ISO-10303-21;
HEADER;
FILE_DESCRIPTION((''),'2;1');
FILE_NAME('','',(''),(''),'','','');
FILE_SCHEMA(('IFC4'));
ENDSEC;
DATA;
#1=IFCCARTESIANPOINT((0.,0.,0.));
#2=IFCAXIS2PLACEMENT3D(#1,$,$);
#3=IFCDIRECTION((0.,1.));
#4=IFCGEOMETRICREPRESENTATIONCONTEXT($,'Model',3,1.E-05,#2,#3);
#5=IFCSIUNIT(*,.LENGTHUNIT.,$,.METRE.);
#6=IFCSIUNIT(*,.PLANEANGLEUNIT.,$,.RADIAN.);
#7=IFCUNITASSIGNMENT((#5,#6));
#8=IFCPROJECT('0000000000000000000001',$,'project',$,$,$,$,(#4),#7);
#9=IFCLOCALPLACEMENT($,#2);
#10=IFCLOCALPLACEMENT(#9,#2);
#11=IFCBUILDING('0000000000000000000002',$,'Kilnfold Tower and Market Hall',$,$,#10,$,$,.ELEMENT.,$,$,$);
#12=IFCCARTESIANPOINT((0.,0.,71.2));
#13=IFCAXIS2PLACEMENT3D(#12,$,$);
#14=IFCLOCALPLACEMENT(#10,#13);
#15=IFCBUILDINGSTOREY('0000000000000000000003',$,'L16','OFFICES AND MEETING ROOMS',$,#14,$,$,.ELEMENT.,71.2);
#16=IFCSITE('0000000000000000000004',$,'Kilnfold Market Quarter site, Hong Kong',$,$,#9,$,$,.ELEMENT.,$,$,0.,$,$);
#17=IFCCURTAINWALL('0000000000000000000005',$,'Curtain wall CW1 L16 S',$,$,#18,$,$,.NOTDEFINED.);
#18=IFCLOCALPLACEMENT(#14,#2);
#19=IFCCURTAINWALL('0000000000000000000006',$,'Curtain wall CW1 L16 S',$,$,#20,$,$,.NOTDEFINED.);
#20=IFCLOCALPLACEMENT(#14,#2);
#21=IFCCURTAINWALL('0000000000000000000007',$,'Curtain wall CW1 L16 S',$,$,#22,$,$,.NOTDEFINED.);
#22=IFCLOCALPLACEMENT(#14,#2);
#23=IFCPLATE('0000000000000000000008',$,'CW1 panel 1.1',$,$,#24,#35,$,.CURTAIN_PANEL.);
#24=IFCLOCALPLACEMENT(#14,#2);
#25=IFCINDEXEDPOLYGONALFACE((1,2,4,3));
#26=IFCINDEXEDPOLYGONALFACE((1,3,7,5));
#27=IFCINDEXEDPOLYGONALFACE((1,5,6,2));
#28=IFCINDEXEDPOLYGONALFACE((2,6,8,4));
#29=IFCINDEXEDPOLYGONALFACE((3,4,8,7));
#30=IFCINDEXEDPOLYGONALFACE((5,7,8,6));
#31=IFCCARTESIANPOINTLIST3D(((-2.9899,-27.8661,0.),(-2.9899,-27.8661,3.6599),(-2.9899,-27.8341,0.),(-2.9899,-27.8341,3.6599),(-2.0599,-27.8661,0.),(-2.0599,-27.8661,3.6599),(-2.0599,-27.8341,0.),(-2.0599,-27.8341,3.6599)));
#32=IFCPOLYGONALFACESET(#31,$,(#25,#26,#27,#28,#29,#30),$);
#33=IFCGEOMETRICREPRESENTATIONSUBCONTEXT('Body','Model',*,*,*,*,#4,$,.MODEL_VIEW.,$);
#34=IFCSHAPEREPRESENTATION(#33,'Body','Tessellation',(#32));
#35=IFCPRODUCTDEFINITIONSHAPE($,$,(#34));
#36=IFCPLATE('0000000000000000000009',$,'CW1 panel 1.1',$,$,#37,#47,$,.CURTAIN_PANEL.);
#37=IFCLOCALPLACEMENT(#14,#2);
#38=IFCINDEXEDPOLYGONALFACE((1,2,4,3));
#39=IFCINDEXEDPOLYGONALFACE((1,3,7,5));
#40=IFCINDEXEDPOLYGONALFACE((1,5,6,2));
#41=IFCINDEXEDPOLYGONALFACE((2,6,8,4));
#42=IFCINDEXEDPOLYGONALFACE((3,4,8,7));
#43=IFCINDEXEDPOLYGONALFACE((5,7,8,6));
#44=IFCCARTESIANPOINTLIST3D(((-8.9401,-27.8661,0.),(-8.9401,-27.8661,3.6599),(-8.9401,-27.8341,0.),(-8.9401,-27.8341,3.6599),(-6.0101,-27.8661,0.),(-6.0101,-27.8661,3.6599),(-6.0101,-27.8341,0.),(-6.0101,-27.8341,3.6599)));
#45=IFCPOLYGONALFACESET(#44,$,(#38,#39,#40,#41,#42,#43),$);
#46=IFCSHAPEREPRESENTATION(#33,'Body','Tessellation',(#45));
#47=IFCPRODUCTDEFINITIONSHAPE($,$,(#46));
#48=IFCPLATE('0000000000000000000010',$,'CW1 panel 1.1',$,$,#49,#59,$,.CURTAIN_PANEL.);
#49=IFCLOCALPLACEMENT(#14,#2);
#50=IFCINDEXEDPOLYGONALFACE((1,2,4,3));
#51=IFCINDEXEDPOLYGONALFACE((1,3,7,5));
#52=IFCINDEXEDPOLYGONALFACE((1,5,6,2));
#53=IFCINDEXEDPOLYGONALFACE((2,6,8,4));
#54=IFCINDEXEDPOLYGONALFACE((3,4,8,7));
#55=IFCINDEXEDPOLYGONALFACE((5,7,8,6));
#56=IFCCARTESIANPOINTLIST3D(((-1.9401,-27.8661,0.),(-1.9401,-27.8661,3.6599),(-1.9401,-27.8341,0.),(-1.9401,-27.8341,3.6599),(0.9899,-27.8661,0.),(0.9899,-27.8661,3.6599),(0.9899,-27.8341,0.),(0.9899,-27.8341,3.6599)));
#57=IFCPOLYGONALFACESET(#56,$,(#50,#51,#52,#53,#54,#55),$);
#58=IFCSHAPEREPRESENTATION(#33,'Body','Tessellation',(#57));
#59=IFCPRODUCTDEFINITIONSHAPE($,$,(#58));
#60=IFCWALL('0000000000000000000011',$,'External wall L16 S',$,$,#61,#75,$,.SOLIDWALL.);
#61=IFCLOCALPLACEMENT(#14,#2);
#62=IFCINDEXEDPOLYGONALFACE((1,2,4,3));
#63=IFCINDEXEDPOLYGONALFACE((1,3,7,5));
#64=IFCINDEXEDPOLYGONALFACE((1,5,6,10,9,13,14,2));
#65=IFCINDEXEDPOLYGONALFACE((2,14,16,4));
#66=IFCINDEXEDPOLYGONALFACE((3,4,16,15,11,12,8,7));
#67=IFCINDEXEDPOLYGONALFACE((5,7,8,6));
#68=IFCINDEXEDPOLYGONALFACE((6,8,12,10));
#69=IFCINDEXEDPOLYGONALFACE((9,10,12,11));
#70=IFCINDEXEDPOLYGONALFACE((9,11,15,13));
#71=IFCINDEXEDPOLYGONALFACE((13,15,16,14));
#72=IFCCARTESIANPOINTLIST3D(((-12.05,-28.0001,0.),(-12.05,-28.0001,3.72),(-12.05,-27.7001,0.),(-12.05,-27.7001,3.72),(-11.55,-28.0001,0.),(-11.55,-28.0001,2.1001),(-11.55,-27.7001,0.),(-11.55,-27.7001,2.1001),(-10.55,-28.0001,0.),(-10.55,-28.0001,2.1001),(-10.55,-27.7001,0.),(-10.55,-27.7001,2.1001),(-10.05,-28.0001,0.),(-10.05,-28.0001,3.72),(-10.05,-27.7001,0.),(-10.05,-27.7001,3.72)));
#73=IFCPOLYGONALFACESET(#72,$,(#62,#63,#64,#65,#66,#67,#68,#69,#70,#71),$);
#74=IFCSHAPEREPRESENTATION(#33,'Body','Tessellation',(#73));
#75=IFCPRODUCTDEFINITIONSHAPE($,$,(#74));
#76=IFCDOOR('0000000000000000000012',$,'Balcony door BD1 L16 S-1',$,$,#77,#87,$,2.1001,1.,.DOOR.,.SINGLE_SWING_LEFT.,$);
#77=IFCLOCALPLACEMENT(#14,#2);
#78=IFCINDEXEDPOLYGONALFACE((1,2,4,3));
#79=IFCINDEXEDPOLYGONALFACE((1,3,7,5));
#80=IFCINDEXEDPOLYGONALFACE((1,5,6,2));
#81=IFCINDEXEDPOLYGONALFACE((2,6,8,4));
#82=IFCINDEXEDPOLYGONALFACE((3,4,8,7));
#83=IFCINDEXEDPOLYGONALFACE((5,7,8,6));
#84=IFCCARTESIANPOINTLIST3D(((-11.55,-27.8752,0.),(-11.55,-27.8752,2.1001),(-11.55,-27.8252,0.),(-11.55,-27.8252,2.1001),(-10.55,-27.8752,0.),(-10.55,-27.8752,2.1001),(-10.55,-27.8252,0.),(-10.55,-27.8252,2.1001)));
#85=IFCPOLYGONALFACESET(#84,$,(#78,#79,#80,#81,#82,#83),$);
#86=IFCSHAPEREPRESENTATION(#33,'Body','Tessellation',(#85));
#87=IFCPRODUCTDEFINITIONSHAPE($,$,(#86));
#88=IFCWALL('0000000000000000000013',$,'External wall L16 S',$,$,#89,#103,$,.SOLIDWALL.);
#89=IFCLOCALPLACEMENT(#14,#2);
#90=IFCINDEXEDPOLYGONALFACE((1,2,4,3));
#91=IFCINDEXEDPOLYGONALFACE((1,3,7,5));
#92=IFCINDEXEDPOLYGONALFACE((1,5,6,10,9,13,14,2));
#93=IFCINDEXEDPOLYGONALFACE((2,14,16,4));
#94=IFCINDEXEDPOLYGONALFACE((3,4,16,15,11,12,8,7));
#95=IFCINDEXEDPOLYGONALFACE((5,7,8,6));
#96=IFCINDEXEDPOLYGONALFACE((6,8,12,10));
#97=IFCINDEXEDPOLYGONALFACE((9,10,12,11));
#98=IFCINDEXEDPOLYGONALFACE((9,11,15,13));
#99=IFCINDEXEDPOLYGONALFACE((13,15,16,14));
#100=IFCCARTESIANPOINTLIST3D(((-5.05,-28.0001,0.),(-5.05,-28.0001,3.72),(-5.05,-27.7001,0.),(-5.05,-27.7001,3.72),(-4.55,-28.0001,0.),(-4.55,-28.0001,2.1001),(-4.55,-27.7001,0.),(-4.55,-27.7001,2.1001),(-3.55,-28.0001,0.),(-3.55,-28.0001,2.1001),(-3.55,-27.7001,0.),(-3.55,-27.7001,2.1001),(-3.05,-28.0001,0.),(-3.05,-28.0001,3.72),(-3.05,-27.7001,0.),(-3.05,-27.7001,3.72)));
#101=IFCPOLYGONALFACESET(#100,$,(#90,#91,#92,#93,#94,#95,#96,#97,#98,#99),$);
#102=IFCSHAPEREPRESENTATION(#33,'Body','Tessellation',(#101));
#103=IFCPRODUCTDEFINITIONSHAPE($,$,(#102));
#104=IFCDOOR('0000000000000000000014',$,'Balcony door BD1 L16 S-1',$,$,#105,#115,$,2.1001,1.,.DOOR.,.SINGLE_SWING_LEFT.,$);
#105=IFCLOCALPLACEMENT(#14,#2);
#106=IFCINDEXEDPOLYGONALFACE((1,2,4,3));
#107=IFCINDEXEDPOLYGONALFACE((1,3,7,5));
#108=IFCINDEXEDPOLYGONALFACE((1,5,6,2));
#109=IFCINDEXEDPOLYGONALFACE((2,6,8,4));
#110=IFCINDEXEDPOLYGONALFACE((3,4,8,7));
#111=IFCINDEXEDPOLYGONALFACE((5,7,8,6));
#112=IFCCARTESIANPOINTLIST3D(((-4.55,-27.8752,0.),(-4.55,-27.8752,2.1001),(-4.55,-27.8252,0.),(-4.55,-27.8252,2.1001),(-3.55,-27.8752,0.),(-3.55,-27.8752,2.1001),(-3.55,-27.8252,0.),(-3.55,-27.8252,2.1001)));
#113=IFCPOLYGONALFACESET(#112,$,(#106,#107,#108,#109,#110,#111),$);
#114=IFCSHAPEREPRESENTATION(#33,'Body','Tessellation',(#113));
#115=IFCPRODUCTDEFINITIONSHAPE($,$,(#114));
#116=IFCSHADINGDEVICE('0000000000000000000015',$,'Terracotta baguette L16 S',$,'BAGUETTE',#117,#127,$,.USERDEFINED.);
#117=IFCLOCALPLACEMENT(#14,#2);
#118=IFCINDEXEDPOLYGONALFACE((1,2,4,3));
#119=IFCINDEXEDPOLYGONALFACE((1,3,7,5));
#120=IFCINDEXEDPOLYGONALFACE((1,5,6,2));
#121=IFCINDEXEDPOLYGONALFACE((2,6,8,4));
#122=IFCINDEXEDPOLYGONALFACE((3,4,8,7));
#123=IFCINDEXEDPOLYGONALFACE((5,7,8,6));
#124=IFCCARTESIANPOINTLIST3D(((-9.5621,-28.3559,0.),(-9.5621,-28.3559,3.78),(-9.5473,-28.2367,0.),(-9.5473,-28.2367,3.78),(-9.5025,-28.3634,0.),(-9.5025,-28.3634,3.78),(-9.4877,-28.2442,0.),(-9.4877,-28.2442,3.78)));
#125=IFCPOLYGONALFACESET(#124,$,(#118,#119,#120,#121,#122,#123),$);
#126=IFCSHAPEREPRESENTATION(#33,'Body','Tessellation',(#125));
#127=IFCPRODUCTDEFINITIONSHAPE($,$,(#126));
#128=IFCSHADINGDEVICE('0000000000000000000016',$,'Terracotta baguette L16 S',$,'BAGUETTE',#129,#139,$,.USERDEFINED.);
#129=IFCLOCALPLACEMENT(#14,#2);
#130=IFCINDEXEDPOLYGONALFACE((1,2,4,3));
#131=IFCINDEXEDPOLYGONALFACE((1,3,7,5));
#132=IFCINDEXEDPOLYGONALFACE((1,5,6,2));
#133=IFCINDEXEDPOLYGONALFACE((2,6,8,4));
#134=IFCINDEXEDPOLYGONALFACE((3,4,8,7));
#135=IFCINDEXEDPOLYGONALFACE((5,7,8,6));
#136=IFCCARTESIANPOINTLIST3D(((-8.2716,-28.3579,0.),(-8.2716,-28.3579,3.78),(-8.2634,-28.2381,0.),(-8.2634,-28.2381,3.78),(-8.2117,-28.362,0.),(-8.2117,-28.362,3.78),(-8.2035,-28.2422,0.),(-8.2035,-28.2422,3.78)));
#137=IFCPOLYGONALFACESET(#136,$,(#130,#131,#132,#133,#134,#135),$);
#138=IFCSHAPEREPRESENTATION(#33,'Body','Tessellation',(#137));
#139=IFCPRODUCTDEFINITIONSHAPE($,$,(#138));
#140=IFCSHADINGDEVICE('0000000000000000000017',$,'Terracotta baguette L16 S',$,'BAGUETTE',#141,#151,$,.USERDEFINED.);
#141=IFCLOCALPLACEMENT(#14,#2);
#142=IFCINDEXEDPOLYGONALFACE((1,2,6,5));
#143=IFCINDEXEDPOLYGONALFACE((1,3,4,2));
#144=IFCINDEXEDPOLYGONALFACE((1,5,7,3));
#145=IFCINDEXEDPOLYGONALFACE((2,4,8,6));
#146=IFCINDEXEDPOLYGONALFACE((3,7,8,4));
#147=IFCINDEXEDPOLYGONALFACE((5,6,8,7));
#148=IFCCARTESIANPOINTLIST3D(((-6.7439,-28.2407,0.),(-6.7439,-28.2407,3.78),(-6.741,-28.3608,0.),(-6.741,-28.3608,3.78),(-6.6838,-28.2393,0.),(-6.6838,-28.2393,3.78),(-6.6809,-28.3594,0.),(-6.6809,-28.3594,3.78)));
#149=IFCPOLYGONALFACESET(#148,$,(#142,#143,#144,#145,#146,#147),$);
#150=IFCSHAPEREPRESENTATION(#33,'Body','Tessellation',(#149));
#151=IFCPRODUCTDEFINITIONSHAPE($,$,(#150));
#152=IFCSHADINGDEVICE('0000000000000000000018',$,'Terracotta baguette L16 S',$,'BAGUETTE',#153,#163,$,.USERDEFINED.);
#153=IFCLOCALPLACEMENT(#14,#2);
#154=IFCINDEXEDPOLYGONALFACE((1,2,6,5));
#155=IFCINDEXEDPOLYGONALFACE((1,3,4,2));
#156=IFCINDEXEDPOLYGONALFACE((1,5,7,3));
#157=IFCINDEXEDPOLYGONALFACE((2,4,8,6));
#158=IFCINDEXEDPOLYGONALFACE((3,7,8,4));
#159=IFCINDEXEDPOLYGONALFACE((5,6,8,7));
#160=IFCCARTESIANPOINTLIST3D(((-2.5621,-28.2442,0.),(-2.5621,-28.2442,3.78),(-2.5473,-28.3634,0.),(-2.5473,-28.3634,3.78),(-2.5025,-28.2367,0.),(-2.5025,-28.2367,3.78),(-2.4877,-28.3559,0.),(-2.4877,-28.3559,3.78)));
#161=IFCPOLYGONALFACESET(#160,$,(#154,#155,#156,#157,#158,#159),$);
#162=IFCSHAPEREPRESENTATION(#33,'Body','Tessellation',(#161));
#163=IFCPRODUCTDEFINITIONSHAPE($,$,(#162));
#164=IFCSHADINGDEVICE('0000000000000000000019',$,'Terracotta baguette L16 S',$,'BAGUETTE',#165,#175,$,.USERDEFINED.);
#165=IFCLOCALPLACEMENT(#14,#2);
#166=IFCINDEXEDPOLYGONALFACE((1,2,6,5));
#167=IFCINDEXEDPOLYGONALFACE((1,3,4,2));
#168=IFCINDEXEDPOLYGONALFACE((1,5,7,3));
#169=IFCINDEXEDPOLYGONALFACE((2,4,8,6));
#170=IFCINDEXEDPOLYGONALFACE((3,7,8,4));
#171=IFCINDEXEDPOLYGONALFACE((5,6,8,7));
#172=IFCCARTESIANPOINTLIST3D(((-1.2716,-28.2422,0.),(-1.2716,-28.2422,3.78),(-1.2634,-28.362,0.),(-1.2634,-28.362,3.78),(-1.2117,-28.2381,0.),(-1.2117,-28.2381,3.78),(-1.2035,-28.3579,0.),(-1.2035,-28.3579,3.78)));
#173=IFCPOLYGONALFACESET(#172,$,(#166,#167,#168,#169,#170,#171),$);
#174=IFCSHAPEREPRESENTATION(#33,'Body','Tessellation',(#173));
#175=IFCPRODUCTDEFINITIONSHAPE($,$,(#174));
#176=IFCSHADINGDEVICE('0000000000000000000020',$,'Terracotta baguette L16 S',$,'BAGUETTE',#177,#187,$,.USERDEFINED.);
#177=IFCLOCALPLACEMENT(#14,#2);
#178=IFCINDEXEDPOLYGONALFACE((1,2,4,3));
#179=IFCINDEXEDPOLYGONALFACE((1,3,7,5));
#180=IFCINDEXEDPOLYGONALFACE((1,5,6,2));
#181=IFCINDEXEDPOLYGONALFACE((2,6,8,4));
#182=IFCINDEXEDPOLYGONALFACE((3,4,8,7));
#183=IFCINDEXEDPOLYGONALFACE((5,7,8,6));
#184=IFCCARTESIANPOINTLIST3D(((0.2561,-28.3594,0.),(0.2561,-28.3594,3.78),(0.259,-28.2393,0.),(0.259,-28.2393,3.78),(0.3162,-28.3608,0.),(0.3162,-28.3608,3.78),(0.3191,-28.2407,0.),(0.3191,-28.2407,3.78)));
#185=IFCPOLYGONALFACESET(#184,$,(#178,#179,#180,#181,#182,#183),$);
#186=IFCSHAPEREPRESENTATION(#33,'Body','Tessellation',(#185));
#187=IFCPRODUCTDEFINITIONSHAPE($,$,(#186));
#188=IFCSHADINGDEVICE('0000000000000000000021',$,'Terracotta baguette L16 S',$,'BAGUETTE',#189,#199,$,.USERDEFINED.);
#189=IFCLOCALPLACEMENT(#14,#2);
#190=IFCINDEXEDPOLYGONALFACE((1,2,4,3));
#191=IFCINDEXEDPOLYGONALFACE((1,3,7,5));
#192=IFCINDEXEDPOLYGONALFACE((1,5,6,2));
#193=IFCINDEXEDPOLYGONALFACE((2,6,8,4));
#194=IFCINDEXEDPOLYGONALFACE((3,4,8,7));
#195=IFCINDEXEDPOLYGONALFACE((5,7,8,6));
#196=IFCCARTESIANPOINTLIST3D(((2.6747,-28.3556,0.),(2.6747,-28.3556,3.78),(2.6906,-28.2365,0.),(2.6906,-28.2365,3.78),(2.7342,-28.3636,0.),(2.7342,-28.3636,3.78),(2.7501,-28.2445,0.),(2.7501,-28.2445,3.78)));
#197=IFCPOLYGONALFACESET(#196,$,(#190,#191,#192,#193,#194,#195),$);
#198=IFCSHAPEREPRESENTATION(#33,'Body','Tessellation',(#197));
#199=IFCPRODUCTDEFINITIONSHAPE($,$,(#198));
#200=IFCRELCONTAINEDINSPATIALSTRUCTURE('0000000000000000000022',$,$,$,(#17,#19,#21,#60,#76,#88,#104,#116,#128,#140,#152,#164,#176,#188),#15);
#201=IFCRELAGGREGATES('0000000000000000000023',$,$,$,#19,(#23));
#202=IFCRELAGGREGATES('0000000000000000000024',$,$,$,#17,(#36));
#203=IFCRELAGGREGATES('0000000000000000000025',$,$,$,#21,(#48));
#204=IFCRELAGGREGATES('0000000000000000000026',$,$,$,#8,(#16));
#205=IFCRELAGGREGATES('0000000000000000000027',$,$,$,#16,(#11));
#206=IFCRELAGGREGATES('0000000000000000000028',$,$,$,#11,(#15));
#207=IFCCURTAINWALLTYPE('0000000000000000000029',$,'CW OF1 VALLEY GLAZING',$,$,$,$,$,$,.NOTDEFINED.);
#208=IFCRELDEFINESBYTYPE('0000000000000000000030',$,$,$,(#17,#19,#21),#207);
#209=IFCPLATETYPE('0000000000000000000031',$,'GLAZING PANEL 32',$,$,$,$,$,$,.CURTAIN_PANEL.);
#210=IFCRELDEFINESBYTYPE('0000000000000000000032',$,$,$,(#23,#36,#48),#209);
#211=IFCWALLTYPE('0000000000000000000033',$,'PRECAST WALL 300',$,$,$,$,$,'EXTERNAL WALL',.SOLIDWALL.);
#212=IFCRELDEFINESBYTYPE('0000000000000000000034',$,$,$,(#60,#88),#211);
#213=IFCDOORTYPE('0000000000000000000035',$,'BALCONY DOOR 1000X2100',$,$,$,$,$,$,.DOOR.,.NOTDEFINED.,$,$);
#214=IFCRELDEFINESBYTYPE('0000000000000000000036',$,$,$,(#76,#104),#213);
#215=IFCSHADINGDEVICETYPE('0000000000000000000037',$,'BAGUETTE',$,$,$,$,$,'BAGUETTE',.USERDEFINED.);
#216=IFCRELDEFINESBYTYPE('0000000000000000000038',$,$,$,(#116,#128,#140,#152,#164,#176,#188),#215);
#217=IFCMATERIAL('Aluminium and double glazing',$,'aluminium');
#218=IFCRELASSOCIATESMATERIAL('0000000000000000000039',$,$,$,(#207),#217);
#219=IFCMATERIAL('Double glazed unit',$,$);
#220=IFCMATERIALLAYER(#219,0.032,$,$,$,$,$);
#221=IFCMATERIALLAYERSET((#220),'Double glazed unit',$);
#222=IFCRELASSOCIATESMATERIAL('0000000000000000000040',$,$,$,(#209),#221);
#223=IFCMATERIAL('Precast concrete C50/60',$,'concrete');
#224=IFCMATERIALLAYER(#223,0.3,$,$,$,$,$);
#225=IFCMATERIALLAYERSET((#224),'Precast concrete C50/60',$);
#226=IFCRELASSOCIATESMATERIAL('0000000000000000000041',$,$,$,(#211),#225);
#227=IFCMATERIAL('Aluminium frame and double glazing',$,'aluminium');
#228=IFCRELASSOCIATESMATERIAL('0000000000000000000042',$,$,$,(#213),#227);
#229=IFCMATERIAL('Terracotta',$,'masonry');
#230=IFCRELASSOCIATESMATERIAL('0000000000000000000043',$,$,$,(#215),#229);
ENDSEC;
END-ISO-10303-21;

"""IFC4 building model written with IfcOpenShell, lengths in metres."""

from ifc_helpers import new_model, si_unit, direction, frame, frame_2d, origin, origin_2d, place, context, subcontext, project, spatial, rectangle, extrude, source, transform, mapped, material, layer, layer_set, material_profile, profile_set, type_object, element, fill, aggregate, save


model = new_model("IFC4")

# Units and contexts
model_context = context("Model", 3, precision=1e-05, world=origin(), true_north=direction((0.0, 1.0)))
body_context = subcontext(model_context, "Body", "Model", "MODEL_VIEW")
ifc_project = project(units=[si_unit("LENGTHUNIT", "METRE"), si_unit("PLANEANGLEUNIT", "RADIAN")], contexts=[model_context])

# Site, building, storey
site_placement = place(None, origin())
site = spatial("IfcSite", under=ifc_project, at=site_placement, Name="Kilnfold Market Quarter site, Hong Kong", CompositionType="ELEMENT", RefElevation=0.0)
building_placement = place(site_placement, origin())
building = spatial("IfcBuilding", under=site, at=building_placement, Name="Kilnfold Tower and Market Hall", CompositionType="ELEMENT")
storey_placement = place(building_placement, frame((0.0, 0.0, 71.2)))
storey = spatial("IfcBuildingStorey", under=building, at=storey_placement, Name="L16", Description="OFFICES AND MEETING ROOMS", CompositionType="ELEMENT", Elevation=71.2)

# Curtain walls
ifc_material_1 = material(Name="Aluminium and double glazing", Category="aluminium")
curtain_wall_type = type_object("IfcCurtainWallType", Name="CW OF1 VALLEY GLAZING", PredefinedType="NOTDEFINED", material=ifc_material_1)
curtain_wall_1_placement = place(storey_placement, origin())
curtain_wall_1 = element("IfcCurtainWall", 1, at=curtain_wall_1_placement, inside=storey, type_object=curtain_wall_type, Name="Curtain wall CW1 L16 S", PredefinedType="NOTDEFINED")
curtain_wall_2_placement = place(storey_placement, origin())
curtain_wall_2 = element("IfcCurtainWall", 2, at=curtain_wall_2_placement, inside=storey, type_object=curtain_wall_type, Name="Curtain wall CW1 L16 S", PredefinedType="NOTDEFINED")
curtain_wall_3_placement = place(storey_placement, origin())
curtain_wall_3 = element("IfcCurtainWall", 3, at=curtain_wall_3_placement, inside=storey, type_object=curtain_wall_type, Name="Curtain wall CW1 L16 S", PredefinedType="NOTDEFINED")

# Plates
ifc_material_2 = material(Name="Double glazed unit")
ifc_layer_1 = layer(ifc_material_2, 0.032)
ifc_layer_set_1 = layer_set([ifc_layer_1], Name="Double glazed unit")
plate_type = type_object("IfcPlateType", Name="GLAZING PANEL 32", PredefinedType="CURTAIN_PANEL", material=ifc_layer_set_1)
shared_shape_1 = source(origin(), body_context, "Body", "SweptSolid", [
    extrude(rectangle(XDim=0.9299, YDim=0.032, at=origin_2d()), origin(), (0.0, 0.0, 1.0), 3.6599),
])
plate_1_placement = place(storey_placement, frame((-2.5249, -27.8501, 0.0), z_axis=(0.0, 0.0, 1.0), x_axis=(1.0, 0.0, 0.0)))
plate_1 = element("IfcPlate", 4, at=plate_1_placement, type_object=plate_type, Name="CW1 panel 1.1", PredefinedType="CURTAIN_PANEL", context=body_context, shape_type="MappedRepresentation", body=[
    mapped(shared_shape_1, transform((0.0, 0.0, 0.0))),
])
aggregate(curtain_wall_2, [plate_1])
shared_shape_2 = source(origin(), body_context, "Body", "SweptSolid", [
    extrude(rectangle(XDim=2.9299, YDim=0.032, at=origin_2d()), origin(), (0.0, 0.0, 1.0), 3.6599),
])
plate_2_placement = place(storey_placement, frame((-7.4751, -27.8501, 0.0), z_axis=(0.0, 0.0, 1.0), x_axis=(1.0, 0.0, 0.0)))
plate_2 = element("IfcPlate", 5, at=plate_2_placement, type_object=plate_type, Name="CW1 panel 1.1", PredefinedType="CURTAIN_PANEL", context=body_context, shape_type="MappedRepresentation", body=[
    mapped(shared_shape_2, transform((0.0, 0.0, 0.0))),
])
aggregate(curtain_wall_1, [plate_2])
plate_3_placement = place(storey_placement, frame((-0.4751, -27.8501, 0.0), z_axis=(0.0, 0.0, 1.0), x_axis=(1.0, 0.0, 0.0)))
plate_3 = element("IfcPlate", 6, at=plate_3_placement, type_object=plate_type, Name="CW1 panel 1.1", PredefinedType="CURTAIN_PANEL", context=body_context, shape_type="MappedRepresentation", body=[
    mapped(shared_shape_2, transform((0.0, 0.0, 0.0))),
])
aggregate(curtain_wall_3, [plate_3])

# Walls, openings, doors
ifc_material_3 = material(Name="Precast concrete C50/60", Category="concrete")
ifc_layer_2 = layer(ifc_material_3, 0.3)
ifc_layer_set_2 = layer_set([ifc_layer_2], Name="Precast concrete C50/60")
wall_type = type_object("IfcWallType", Name="PRECAST WALL 300", ElementType="EXTERNAL WALL", PredefinedType="SOLIDWALL", material=ifc_layer_set_2)
shared_shape_3 = source(origin(), body_context, "Body", "SweptSolid", [
    extrude(rectangle(XDim=2.0, YDim=0.3, at=frame_2d((1.0, 0.0))), origin(), (0.0, 0.0, 1.0), 3.72),
])
wall_1_placement = place(storey_placement, frame((-12.05, -27.8501, 0.0), z_axis=(0.0, 0.0, 1.0), x_axis=(1.0, 0.0, 0.0)))
wall_1 = element("IfcWall", 7, at=wall_1_placement, inside=storey, type_object=wall_type, Name="External wall L16 S", PredefinedType="SOLIDWALL", context=body_context, shape_type="MappedRepresentation", body=[
    mapped(shared_shape_3, transform((0.0, 0.0, 0.0))),
])
opening_1_placement = place(wall_1_placement, frame((0.5, 0.0, 0.0)))
opening_1 = element("IfcOpeningElement", 8, at=opening_1_placement, cuts=wall_1, PredefinedType="OPENING", context=body_context, shape_type="SweptSolid", body=[
    extrude(rectangle(XDim=1.0, YDim=2.1001, at=frame_2d((0.5, 1.05))), frame((0.0, 0.1602, 0.0), z_axis=(0.0, -1.0, 0.0), x_axis=(1.0, 0.0, 0.0)), (0.0, 0.0, 1.0), 0.3201),
])
ifc_material_4 = material(Name="Aluminium frame and double glazing", Category="aluminium")
door_type = type_object("IfcDoorType", Name="BALCONY DOOR 1000X2100", OperationType="NOTDEFINED", PredefinedType="DOOR", material=ifc_material_4)
door_1_placement = place(opening_1_placement, origin())
door_1 = element("IfcDoor", 9, at=door_1_placement, inside=storey, type_object=door_type, Name="Balcony door BD1 L16 S-1", OperationType="SINGLE_SWING_LEFT", OverallHeight=2.1001, OverallWidth=1.0, PredefinedType="DOOR", context=body_context, shape_type="SweptSolid", body=[
    extrude(rectangle(XDim=1.0, YDim=2.1001, at=frame_2d((0.5, 1.05))), frame((0.0, 0.0249, 0.0), z_axis=(0.0, -1.0, 0.0), x_axis=(1.0, 0.0, 0.0)), (0.0, 0.0, 1.0), 0.05),
])
fill(opening_1, door_1)
wall_2_placement = place(storey_placement, frame((-5.05, -27.8501, 0.0), z_axis=(0.0, 0.0, 1.0), x_axis=(1.0, 0.0, 0.0)))
wall_2 = element("IfcWall", 10, at=wall_2_placement, inside=storey, type_object=wall_type, Name="External wall L16 S", PredefinedType="SOLIDWALL", context=body_context, shape_type="MappedRepresentation", body=[
    mapped(shared_shape_3, transform((0.0, 0.0, 0.0))),
])
opening_2_placement = place(wall_2_placement, frame((0.5, 0.0, 0.0)))
opening_2 = element("IfcOpeningElement", 11, at=opening_2_placement, cuts=wall_2, PredefinedType="OPENING", context=body_context, shape_type="SweptSolid", body=[
    extrude(rectangle(XDim=1.0, YDim=2.1001, at=frame_2d((0.5, 1.05))), frame((0.0, 0.1602, 0.0), z_axis=(0.0, -1.0, 0.0), x_axis=(1.0, 0.0, 0.0)), (0.0, 0.0, 1.0), 0.3201),
])
door_2_placement = place(opening_2_placement, origin())
door_2 = element("IfcDoor", 12, at=door_2_placement, inside=storey, type_object=door_type, Name="Balcony door BD1 L16 S-1", OperationType="SINGLE_SWING_LEFT", OverallHeight=2.1001, OverallWidth=1.0, PredefinedType="DOOR", context=body_context, shape_type="SweptSolid", body=[
    extrude(rectangle(XDim=1.0, YDim=2.1001, at=frame_2d((0.5, 1.05))), frame((0.0, 0.0249, 0.0), z_axis=(0.0, -1.0, 0.0), x_axis=(1.0, 0.0, 0.0)), (0.0, 0.0, 1.0), 0.05),
])
fill(opening_2, door_2)

# Shading devices
ifc_material_5 = material(Name="Terracotta", Category="masonry")
ifc_material_profile_1 = material_profile(ifc_material_5, rectangle(XDim=0.0601, YDim=0.1201, at=origin_2d()), Name="BAG 60x120")
ifc_profile_set_1 = profile_set([ifc_material_profile_1], Name="Terracotta")
shading_device_type = type_object("IfcShadingDeviceType", Name="BAGUETTE", ElementType="BAGUETTE", PredefinedType="USERDEFINED", material=ifc_profile_set_1)
shared_shape_4 = source(origin(), body_context, "Body", "SweptSolid", [
    extrude(rectangle(XDim=0.0601, YDim=0.1201, at=origin_2d()), origin(), (0.0, 0.0, 1.0), 3.78),
])
for number, where, z_axis, x_axis, name in (
    (13, (-9.5249, -28.3, 0.0), (0.0, 0.0, 1.0), (0.992346, -0.123489, 0.0), "Terracotta baguette L16 S"),
    (14, (-8.2375, -28.3, 0.0), (0.0, 0.0, 1.0), (0.997659, -0.06839, 0.0), "Terracotta baguette L16 S"),
    (15, (-6.7124, -28.3, 0.0), (0.0, 0.0, 1.0), (0.999714, 0.02391, 0.0), "Terracotta baguette L16 S"),
    (16, (-2.5249, -28.3, 0.0), (0.0, 0.0, 1.0), (0.992346, 0.123489, 0.0), "Terracotta baguette L16 S"),
    (17, (-1.2375, -28.3, 0.0), (0.0, 0.0, 1.0), (0.997659, 0.06839, 0.0), "Terracotta baguette L16 S"),
    (18, (0.2876, -28.3, 0.0), (0.0, 0.0, 1.0), (0.999714, -0.02391, 0.0), "Terracotta baguette L16 S"),
    (19, (2.7124, -28.3, 0.0), (0.0, 0.0, 1.0), (0.991174, -0.132564, 0.0), "Terracotta baguette L16 S"),
):
    element("IfcShadingDevice", number, at=place(storey_placement, frame(where, z_axis=z_axis, x_axis=x_axis)), inside=storey, type_object=shading_device_type, Name=name, ObjectType="BAGUETTE", PredefinedType="USERDEFINED", context=body_context, shape_type="MappedRepresentation", body=[
        mapped(shared_shape_4, transform((0.0, 0.0, 0.0))),
    ])

save(model, "model.ifc")
